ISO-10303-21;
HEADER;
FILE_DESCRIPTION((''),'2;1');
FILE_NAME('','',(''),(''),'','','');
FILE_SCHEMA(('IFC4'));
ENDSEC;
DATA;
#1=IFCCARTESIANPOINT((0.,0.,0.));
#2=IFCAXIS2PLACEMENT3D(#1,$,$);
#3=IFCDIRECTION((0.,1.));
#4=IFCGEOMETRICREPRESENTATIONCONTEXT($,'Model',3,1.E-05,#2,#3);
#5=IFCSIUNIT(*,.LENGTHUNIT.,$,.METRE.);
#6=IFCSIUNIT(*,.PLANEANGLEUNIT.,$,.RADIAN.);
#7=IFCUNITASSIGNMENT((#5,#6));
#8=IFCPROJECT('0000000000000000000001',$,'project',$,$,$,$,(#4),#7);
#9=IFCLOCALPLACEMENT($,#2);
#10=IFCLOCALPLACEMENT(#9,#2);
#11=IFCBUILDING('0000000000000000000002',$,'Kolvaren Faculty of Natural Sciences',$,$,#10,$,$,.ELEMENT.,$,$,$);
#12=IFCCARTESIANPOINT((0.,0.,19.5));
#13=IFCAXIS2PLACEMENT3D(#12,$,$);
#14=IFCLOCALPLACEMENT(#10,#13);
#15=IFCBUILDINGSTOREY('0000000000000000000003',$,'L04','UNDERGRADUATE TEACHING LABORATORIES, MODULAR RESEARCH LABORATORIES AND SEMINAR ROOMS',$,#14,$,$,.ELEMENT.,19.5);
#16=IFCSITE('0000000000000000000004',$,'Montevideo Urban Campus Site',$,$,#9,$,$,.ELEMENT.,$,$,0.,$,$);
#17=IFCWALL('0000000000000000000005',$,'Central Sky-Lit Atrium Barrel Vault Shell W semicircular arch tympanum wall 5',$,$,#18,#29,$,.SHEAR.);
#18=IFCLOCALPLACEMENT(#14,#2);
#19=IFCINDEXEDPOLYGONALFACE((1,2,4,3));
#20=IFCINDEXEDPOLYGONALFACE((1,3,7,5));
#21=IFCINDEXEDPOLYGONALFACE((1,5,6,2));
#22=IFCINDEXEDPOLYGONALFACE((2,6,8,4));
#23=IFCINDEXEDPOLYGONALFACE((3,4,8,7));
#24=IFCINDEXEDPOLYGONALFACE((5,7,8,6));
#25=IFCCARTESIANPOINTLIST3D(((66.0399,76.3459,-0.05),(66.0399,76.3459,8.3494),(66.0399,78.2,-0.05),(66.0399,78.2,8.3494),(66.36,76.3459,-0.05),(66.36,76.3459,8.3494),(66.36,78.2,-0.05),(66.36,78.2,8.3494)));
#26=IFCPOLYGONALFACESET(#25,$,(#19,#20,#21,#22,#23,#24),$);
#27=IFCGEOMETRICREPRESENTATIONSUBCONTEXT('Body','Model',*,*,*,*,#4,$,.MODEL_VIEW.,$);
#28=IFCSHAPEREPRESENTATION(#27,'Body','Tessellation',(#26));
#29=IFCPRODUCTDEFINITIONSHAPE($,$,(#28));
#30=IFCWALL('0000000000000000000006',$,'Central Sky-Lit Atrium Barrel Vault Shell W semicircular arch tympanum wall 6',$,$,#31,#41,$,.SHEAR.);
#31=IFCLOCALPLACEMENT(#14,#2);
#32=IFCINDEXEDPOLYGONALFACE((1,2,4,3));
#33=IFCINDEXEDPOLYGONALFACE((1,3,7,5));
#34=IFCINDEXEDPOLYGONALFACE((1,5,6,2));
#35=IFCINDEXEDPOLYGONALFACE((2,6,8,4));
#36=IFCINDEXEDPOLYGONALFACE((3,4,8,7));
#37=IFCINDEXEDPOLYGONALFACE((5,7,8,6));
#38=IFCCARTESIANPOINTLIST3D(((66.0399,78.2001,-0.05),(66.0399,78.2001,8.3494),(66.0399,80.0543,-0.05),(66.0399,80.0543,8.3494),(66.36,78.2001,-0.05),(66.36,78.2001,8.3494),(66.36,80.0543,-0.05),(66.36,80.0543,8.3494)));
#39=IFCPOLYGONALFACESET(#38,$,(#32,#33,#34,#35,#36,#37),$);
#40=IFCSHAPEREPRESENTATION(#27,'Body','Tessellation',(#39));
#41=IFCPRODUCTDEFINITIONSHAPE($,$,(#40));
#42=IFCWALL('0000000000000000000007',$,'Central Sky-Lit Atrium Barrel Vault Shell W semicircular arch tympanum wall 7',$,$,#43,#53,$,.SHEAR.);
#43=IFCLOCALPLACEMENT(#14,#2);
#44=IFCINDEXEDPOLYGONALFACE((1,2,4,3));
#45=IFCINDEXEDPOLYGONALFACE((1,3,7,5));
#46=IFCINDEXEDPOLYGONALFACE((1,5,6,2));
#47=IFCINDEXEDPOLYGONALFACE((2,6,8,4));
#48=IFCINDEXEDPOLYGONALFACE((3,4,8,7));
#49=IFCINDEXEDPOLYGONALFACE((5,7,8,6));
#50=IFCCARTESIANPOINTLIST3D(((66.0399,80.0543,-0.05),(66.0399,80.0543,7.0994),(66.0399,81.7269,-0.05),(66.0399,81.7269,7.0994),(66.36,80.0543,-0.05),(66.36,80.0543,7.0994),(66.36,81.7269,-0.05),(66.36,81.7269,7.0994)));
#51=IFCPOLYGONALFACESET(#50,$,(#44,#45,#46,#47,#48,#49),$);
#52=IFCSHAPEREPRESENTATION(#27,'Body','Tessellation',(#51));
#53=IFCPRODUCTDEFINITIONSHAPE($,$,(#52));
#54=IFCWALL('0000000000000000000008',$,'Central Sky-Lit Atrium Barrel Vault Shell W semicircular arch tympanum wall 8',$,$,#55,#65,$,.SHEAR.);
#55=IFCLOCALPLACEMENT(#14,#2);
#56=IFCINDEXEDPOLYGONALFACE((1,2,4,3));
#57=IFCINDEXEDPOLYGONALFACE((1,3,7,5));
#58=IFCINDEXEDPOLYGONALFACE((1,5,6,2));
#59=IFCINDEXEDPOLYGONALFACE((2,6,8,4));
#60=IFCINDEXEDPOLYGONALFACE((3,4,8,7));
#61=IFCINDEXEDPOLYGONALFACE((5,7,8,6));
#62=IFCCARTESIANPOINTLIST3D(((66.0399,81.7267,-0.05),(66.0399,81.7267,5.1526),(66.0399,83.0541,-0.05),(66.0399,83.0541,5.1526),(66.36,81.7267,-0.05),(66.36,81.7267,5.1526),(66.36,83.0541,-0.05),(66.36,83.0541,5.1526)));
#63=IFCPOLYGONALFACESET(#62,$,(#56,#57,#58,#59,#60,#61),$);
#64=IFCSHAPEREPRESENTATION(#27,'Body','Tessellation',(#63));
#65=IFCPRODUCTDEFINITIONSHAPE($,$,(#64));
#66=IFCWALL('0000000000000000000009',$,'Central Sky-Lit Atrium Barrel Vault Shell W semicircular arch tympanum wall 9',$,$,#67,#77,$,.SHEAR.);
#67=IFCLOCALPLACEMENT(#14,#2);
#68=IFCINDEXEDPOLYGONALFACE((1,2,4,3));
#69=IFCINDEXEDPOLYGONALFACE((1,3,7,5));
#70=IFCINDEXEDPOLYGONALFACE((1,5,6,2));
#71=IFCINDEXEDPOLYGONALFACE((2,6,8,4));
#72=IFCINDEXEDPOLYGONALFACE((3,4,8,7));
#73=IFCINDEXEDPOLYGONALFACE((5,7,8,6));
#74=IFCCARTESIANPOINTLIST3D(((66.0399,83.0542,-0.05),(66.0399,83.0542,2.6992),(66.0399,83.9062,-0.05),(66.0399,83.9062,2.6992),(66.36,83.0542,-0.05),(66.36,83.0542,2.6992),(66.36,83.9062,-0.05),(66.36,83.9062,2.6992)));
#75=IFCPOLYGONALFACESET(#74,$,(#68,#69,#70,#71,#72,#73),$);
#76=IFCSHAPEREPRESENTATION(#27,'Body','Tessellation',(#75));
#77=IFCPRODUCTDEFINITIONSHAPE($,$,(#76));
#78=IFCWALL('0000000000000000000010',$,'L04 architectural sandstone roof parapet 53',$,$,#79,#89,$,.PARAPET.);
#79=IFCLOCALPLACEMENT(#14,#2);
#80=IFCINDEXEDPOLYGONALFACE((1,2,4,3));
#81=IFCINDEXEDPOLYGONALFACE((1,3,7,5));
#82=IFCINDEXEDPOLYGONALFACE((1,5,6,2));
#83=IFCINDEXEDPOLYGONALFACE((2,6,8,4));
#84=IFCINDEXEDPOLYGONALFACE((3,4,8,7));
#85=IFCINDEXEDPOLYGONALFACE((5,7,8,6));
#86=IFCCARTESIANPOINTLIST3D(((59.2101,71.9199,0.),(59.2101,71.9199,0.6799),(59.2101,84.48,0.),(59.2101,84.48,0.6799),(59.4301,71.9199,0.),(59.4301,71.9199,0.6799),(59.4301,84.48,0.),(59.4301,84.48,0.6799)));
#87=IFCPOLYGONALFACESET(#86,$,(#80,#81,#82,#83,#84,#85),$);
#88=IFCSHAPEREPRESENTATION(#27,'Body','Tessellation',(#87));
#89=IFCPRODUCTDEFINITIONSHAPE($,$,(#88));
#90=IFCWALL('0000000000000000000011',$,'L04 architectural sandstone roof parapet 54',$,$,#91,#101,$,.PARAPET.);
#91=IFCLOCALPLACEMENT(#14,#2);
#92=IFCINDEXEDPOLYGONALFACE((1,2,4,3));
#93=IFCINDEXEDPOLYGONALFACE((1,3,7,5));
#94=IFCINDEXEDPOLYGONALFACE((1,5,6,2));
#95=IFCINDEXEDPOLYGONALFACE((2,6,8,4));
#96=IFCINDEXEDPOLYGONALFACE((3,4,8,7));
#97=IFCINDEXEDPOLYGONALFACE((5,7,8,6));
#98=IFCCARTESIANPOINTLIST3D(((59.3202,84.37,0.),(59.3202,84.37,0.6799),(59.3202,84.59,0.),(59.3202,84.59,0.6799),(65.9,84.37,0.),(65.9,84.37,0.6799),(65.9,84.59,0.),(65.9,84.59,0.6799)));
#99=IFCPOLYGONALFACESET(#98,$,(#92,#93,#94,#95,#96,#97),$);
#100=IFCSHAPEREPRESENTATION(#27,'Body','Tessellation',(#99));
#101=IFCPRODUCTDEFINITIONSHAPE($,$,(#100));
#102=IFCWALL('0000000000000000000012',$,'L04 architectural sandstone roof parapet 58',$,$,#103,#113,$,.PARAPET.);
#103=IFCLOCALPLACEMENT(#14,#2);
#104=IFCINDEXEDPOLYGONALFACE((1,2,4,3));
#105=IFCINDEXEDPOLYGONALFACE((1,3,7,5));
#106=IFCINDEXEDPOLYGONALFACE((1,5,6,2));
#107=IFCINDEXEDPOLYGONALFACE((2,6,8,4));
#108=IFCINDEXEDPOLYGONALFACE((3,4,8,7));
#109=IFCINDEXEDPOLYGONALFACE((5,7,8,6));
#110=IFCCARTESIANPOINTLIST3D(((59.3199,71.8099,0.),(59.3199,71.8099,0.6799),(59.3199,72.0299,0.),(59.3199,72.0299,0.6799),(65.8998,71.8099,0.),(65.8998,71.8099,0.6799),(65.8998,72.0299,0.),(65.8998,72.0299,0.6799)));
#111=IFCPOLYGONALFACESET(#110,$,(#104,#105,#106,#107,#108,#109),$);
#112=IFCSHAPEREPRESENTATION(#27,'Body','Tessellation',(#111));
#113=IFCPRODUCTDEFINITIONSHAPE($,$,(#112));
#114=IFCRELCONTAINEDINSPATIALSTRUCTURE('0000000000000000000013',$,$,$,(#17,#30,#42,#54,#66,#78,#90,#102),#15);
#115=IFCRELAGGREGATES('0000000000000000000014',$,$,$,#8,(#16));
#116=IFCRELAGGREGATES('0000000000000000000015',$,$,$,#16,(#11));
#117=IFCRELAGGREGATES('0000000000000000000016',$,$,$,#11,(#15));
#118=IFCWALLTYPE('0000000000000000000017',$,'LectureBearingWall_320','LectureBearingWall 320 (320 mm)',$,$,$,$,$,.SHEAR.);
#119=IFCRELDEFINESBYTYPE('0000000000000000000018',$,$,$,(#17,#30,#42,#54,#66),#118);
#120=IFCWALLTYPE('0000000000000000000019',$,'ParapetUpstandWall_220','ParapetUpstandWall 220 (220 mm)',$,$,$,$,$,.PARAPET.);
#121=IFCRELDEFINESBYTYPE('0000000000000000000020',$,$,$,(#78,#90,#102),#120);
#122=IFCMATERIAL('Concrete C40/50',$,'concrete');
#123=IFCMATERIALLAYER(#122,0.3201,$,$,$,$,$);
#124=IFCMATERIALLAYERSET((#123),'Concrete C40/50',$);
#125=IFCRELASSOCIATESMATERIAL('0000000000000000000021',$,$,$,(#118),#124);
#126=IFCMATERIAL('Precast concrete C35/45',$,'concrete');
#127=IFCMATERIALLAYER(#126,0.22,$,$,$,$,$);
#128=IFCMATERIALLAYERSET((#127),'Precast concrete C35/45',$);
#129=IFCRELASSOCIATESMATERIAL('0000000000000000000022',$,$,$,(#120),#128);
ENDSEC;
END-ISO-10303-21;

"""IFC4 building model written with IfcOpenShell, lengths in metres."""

from ifc_helpers import new_model, si_unit, direction, frame, frame_2d, origin, place, context, subcontext, project, spatial, rectangle, extrude, material, layer, layer_set, type_object, element, save


model = new_model("IFC4")

# Units and contexts
model_context = context("Model", 3, precision=1e-05, world=origin(), true_north=direction((0.0, 1.0)))
body_context = subcontext(model_context, "Body", "Model", "MODEL_VIEW")
ifc_project = project(units=[si_unit("LENGTHUNIT", "METRE"), si_unit("PLANEANGLEUNIT", "RADIAN")], contexts=[model_context])

# Site, building, storey
site_placement = place(None, origin())
site = spatial("IfcSite", under=ifc_project, at=site_placement, Name="Montevideo Urban Campus Site", CompositionType="ELEMENT", RefElevation=0.0)
building_placement = place(site_placement, origin())
building = spatial("IfcBuilding", under=site, at=building_placement, Name="Kolvaren Faculty of Natural Sciences", CompositionType="ELEMENT")
storey_placement = place(building_placement, frame((0.0, 0.0, 19.5)))
storey = spatial("IfcBuildingStorey", under=building, at=storey_placement, Name="L04", Description="UNDERGRADUATE TEACHING LABORATORIES, MODULAR RESEARCH LABORATORIES AND SEMINAR ROOMS", CompositionType="ELEMENT", Elevation=19.5)

# Shared definitions
ifc_material_1 = material(Name="Concrete C40/50", Category="concrete")

# Walls
ifc_layer_1 = layer(ifc_material_1, 0.3201)
ifc_layer_set_1 = layer_set([ifc_layer_1], Name="Concrete C40/50")
wall_type_1 = type_object("IfcWallType", Name="LectureBearingWall_320", Description="LectureBearingWall 320 (320 mm)", PredefinedType="SHEAR", material=ifc_layer_set_1)
wall_1_placement = place(storey_placement, frame((66.2, 76.3459, -0.05), z_axis=(0.0, 0.0, 1.0), x_axis=(0.0, 1.0, 0.0)))
element("IfcWall", 1, at=wall_1_placement, inside=storey, type_object=wall_type_1, Name="Central Sky-Lit Atrium Barrel Vault Shell W semicircular arch tympanum wall 5", PredefinedType="SHEAR", context=body_context, shape_type="SweptSolid", body=[
    extrude(rectangle(XDim=1.854, YDim=0.3201, at=frame_2d((0.927, 0.0))), origin(), (0.0, 0.0, 1.0), 8.3994),
])
wall_2_placement = place(storey_placement, frame((66.2, 78.2, -0.05), z_axis=(0.0, 0.0, 1.0), x_axis=(0.0, 1.0, 0.0)))
element("IfcWall", 2, at=wall_2_placement, inside=storey, type_object=wall_type_1, Name="Central Sky-Lit Atrium Barrel Vault Shell W semicircular arch tympanum wall 6", PredefinedType="SHEAR", context=body_context, shape_type="SweptSolid", body=[
    extrude(rectangle(XDim=1.8542, YDim=0.3201, at=frame_2d((0.9272, 0.0))), origin(), (0.0, 0.0, 1.0), 8.3994),
])
wall_3_placement = place(storey_placement, frame((66.2, 80.0542, -0.05), z_axis=(0.0, 0.0, 1.0), x_axis=(0.0, 1.0, 0.0)))
element("IfcWall", 3, at=wall_3_placement, inside=storey, type_object=wall_type_1, Name="Central Sky-Lit Atrium Barrel Vault Shell W semicircular arch tympanum wall 7", PredefinedType="SHEAR", context=body_context, shape_type="SweptSolid", body=[
    extrude(rectangle(XDim=1.6726, YDim=0.3201, at=frame_2d((0.8364, 0.0))), origin(), (0.0, 0.0, 1.0), 7.1494),
])
wall_4_placement = place(storey_placement, frame((66.2, 81.7268, -0.05), z_axis=(0.0, 0.0, 1.0), x_axis=(0.0, 1.0, 0.0)))
element("IfcWall", 4, at=wall_4_placement, inside=storey, type_object=wall_type_1, Name="Central Sky-Lit Atrium Barrel Vault Shell W semicircular arch tympanum wall 8", PredefinedType="SHEAR", context=body_context, shape_type="SweptSolid", body=[
    extrude(rectangle(XDim=1.3274, YDim=0.3201, at=frame_2d((0.6636, 0.0))), origin(), (0.0, 0.0, 1.0), 5.2026),
])
wall_5_placement = place(storey_placement, frame((66.2, 83.0542, -0.05), z_axis=(0.0, 0.0, 1.0), x_axis=(0.0, 1.0, 0.0)))
element("IfcWall", 5, at=wall_5_placement, inside=storey, type_object=wall_type_1, Name="Central Sky-Lit Atrium Barrel Vault Shell W semicircular arch tympanum wall 9", PredefinedType="SHEAR", context=body_context, shape_type="SweptSolid", body=[
    extrude(rectangle(XDim=0.8521, YDim=0.3201, at=frame_2d((0.426, 0.0))), origin(), (0.0, 0.0, 1.0), 2.7493),
])
ifc_material_2 = material(Name="Precast concrete C35/45", Category="concrete")
ifc_layer_2 = layer(ifc_material_2, 0.22)
ifc_layer_set_2 = layer_set([ifc_layer_2], Name="Precast concrete C35/45")
wall_type_2 = type_object("IfcWallType", Name="ParapetUpstandWall_220", Description="ParapetUpstandWall 220 (220 mm)", PredefinedType="PARAPET", material=ifc_layer_set_2)
wall_6_placement = place(storey_placement, frame((59.3201, 71.9199, 0.0), z_axis=(0.0, 0.0, 1.0), x_axis=(0.0, 1.0, 0.0)))
element("IfcWall", 6, at=wall_6_placement, inside=storey, type_object=wall_type_2, Name="L04 architectural sandstone roof parapet 53", PredefinedType="PARAPET", context=body_context, shape_type="SweptSolid", body=[
    extrude(rectangle(XDim=12.5601, YDim=0.22, at=frame_2d((6.28, 0.0))), origin(), (0.0, 0.0, 1.0), 0.6799),
])
for number, where, z_axis, x_axis, name in (
    (7, (59.3201, 84.48, 0.0), (0.0, 0.0, 1.0), (1.0, 0.0, 0.0), "L04 architectural sandstone roof parapet 54"),
    (8, (65.8999, 71.9199, 0.0), (0.0, 0.0, 1.0), (-1.0, 0.0, 0.0), "L04 architectural sandstone roof parapet 58"),
):
    element("IfcWall", number, at=place(storey_placement, frame(where, z_axis=z_axis, x_axis=x_axis)), inside=storey, type_object=wall_type_2, Name=name, PredefinedType="PARAPET", context=body_context, shape_type="SweptSolid", body=[
        extrude(rectangle(XDim=6.5798, YDim=0.22, at=frame_2d((3.29, 0.0))), origin(), (0.0, 0.0, 1.0), 0.6799),
    ])

save(model, "model.ifc")
